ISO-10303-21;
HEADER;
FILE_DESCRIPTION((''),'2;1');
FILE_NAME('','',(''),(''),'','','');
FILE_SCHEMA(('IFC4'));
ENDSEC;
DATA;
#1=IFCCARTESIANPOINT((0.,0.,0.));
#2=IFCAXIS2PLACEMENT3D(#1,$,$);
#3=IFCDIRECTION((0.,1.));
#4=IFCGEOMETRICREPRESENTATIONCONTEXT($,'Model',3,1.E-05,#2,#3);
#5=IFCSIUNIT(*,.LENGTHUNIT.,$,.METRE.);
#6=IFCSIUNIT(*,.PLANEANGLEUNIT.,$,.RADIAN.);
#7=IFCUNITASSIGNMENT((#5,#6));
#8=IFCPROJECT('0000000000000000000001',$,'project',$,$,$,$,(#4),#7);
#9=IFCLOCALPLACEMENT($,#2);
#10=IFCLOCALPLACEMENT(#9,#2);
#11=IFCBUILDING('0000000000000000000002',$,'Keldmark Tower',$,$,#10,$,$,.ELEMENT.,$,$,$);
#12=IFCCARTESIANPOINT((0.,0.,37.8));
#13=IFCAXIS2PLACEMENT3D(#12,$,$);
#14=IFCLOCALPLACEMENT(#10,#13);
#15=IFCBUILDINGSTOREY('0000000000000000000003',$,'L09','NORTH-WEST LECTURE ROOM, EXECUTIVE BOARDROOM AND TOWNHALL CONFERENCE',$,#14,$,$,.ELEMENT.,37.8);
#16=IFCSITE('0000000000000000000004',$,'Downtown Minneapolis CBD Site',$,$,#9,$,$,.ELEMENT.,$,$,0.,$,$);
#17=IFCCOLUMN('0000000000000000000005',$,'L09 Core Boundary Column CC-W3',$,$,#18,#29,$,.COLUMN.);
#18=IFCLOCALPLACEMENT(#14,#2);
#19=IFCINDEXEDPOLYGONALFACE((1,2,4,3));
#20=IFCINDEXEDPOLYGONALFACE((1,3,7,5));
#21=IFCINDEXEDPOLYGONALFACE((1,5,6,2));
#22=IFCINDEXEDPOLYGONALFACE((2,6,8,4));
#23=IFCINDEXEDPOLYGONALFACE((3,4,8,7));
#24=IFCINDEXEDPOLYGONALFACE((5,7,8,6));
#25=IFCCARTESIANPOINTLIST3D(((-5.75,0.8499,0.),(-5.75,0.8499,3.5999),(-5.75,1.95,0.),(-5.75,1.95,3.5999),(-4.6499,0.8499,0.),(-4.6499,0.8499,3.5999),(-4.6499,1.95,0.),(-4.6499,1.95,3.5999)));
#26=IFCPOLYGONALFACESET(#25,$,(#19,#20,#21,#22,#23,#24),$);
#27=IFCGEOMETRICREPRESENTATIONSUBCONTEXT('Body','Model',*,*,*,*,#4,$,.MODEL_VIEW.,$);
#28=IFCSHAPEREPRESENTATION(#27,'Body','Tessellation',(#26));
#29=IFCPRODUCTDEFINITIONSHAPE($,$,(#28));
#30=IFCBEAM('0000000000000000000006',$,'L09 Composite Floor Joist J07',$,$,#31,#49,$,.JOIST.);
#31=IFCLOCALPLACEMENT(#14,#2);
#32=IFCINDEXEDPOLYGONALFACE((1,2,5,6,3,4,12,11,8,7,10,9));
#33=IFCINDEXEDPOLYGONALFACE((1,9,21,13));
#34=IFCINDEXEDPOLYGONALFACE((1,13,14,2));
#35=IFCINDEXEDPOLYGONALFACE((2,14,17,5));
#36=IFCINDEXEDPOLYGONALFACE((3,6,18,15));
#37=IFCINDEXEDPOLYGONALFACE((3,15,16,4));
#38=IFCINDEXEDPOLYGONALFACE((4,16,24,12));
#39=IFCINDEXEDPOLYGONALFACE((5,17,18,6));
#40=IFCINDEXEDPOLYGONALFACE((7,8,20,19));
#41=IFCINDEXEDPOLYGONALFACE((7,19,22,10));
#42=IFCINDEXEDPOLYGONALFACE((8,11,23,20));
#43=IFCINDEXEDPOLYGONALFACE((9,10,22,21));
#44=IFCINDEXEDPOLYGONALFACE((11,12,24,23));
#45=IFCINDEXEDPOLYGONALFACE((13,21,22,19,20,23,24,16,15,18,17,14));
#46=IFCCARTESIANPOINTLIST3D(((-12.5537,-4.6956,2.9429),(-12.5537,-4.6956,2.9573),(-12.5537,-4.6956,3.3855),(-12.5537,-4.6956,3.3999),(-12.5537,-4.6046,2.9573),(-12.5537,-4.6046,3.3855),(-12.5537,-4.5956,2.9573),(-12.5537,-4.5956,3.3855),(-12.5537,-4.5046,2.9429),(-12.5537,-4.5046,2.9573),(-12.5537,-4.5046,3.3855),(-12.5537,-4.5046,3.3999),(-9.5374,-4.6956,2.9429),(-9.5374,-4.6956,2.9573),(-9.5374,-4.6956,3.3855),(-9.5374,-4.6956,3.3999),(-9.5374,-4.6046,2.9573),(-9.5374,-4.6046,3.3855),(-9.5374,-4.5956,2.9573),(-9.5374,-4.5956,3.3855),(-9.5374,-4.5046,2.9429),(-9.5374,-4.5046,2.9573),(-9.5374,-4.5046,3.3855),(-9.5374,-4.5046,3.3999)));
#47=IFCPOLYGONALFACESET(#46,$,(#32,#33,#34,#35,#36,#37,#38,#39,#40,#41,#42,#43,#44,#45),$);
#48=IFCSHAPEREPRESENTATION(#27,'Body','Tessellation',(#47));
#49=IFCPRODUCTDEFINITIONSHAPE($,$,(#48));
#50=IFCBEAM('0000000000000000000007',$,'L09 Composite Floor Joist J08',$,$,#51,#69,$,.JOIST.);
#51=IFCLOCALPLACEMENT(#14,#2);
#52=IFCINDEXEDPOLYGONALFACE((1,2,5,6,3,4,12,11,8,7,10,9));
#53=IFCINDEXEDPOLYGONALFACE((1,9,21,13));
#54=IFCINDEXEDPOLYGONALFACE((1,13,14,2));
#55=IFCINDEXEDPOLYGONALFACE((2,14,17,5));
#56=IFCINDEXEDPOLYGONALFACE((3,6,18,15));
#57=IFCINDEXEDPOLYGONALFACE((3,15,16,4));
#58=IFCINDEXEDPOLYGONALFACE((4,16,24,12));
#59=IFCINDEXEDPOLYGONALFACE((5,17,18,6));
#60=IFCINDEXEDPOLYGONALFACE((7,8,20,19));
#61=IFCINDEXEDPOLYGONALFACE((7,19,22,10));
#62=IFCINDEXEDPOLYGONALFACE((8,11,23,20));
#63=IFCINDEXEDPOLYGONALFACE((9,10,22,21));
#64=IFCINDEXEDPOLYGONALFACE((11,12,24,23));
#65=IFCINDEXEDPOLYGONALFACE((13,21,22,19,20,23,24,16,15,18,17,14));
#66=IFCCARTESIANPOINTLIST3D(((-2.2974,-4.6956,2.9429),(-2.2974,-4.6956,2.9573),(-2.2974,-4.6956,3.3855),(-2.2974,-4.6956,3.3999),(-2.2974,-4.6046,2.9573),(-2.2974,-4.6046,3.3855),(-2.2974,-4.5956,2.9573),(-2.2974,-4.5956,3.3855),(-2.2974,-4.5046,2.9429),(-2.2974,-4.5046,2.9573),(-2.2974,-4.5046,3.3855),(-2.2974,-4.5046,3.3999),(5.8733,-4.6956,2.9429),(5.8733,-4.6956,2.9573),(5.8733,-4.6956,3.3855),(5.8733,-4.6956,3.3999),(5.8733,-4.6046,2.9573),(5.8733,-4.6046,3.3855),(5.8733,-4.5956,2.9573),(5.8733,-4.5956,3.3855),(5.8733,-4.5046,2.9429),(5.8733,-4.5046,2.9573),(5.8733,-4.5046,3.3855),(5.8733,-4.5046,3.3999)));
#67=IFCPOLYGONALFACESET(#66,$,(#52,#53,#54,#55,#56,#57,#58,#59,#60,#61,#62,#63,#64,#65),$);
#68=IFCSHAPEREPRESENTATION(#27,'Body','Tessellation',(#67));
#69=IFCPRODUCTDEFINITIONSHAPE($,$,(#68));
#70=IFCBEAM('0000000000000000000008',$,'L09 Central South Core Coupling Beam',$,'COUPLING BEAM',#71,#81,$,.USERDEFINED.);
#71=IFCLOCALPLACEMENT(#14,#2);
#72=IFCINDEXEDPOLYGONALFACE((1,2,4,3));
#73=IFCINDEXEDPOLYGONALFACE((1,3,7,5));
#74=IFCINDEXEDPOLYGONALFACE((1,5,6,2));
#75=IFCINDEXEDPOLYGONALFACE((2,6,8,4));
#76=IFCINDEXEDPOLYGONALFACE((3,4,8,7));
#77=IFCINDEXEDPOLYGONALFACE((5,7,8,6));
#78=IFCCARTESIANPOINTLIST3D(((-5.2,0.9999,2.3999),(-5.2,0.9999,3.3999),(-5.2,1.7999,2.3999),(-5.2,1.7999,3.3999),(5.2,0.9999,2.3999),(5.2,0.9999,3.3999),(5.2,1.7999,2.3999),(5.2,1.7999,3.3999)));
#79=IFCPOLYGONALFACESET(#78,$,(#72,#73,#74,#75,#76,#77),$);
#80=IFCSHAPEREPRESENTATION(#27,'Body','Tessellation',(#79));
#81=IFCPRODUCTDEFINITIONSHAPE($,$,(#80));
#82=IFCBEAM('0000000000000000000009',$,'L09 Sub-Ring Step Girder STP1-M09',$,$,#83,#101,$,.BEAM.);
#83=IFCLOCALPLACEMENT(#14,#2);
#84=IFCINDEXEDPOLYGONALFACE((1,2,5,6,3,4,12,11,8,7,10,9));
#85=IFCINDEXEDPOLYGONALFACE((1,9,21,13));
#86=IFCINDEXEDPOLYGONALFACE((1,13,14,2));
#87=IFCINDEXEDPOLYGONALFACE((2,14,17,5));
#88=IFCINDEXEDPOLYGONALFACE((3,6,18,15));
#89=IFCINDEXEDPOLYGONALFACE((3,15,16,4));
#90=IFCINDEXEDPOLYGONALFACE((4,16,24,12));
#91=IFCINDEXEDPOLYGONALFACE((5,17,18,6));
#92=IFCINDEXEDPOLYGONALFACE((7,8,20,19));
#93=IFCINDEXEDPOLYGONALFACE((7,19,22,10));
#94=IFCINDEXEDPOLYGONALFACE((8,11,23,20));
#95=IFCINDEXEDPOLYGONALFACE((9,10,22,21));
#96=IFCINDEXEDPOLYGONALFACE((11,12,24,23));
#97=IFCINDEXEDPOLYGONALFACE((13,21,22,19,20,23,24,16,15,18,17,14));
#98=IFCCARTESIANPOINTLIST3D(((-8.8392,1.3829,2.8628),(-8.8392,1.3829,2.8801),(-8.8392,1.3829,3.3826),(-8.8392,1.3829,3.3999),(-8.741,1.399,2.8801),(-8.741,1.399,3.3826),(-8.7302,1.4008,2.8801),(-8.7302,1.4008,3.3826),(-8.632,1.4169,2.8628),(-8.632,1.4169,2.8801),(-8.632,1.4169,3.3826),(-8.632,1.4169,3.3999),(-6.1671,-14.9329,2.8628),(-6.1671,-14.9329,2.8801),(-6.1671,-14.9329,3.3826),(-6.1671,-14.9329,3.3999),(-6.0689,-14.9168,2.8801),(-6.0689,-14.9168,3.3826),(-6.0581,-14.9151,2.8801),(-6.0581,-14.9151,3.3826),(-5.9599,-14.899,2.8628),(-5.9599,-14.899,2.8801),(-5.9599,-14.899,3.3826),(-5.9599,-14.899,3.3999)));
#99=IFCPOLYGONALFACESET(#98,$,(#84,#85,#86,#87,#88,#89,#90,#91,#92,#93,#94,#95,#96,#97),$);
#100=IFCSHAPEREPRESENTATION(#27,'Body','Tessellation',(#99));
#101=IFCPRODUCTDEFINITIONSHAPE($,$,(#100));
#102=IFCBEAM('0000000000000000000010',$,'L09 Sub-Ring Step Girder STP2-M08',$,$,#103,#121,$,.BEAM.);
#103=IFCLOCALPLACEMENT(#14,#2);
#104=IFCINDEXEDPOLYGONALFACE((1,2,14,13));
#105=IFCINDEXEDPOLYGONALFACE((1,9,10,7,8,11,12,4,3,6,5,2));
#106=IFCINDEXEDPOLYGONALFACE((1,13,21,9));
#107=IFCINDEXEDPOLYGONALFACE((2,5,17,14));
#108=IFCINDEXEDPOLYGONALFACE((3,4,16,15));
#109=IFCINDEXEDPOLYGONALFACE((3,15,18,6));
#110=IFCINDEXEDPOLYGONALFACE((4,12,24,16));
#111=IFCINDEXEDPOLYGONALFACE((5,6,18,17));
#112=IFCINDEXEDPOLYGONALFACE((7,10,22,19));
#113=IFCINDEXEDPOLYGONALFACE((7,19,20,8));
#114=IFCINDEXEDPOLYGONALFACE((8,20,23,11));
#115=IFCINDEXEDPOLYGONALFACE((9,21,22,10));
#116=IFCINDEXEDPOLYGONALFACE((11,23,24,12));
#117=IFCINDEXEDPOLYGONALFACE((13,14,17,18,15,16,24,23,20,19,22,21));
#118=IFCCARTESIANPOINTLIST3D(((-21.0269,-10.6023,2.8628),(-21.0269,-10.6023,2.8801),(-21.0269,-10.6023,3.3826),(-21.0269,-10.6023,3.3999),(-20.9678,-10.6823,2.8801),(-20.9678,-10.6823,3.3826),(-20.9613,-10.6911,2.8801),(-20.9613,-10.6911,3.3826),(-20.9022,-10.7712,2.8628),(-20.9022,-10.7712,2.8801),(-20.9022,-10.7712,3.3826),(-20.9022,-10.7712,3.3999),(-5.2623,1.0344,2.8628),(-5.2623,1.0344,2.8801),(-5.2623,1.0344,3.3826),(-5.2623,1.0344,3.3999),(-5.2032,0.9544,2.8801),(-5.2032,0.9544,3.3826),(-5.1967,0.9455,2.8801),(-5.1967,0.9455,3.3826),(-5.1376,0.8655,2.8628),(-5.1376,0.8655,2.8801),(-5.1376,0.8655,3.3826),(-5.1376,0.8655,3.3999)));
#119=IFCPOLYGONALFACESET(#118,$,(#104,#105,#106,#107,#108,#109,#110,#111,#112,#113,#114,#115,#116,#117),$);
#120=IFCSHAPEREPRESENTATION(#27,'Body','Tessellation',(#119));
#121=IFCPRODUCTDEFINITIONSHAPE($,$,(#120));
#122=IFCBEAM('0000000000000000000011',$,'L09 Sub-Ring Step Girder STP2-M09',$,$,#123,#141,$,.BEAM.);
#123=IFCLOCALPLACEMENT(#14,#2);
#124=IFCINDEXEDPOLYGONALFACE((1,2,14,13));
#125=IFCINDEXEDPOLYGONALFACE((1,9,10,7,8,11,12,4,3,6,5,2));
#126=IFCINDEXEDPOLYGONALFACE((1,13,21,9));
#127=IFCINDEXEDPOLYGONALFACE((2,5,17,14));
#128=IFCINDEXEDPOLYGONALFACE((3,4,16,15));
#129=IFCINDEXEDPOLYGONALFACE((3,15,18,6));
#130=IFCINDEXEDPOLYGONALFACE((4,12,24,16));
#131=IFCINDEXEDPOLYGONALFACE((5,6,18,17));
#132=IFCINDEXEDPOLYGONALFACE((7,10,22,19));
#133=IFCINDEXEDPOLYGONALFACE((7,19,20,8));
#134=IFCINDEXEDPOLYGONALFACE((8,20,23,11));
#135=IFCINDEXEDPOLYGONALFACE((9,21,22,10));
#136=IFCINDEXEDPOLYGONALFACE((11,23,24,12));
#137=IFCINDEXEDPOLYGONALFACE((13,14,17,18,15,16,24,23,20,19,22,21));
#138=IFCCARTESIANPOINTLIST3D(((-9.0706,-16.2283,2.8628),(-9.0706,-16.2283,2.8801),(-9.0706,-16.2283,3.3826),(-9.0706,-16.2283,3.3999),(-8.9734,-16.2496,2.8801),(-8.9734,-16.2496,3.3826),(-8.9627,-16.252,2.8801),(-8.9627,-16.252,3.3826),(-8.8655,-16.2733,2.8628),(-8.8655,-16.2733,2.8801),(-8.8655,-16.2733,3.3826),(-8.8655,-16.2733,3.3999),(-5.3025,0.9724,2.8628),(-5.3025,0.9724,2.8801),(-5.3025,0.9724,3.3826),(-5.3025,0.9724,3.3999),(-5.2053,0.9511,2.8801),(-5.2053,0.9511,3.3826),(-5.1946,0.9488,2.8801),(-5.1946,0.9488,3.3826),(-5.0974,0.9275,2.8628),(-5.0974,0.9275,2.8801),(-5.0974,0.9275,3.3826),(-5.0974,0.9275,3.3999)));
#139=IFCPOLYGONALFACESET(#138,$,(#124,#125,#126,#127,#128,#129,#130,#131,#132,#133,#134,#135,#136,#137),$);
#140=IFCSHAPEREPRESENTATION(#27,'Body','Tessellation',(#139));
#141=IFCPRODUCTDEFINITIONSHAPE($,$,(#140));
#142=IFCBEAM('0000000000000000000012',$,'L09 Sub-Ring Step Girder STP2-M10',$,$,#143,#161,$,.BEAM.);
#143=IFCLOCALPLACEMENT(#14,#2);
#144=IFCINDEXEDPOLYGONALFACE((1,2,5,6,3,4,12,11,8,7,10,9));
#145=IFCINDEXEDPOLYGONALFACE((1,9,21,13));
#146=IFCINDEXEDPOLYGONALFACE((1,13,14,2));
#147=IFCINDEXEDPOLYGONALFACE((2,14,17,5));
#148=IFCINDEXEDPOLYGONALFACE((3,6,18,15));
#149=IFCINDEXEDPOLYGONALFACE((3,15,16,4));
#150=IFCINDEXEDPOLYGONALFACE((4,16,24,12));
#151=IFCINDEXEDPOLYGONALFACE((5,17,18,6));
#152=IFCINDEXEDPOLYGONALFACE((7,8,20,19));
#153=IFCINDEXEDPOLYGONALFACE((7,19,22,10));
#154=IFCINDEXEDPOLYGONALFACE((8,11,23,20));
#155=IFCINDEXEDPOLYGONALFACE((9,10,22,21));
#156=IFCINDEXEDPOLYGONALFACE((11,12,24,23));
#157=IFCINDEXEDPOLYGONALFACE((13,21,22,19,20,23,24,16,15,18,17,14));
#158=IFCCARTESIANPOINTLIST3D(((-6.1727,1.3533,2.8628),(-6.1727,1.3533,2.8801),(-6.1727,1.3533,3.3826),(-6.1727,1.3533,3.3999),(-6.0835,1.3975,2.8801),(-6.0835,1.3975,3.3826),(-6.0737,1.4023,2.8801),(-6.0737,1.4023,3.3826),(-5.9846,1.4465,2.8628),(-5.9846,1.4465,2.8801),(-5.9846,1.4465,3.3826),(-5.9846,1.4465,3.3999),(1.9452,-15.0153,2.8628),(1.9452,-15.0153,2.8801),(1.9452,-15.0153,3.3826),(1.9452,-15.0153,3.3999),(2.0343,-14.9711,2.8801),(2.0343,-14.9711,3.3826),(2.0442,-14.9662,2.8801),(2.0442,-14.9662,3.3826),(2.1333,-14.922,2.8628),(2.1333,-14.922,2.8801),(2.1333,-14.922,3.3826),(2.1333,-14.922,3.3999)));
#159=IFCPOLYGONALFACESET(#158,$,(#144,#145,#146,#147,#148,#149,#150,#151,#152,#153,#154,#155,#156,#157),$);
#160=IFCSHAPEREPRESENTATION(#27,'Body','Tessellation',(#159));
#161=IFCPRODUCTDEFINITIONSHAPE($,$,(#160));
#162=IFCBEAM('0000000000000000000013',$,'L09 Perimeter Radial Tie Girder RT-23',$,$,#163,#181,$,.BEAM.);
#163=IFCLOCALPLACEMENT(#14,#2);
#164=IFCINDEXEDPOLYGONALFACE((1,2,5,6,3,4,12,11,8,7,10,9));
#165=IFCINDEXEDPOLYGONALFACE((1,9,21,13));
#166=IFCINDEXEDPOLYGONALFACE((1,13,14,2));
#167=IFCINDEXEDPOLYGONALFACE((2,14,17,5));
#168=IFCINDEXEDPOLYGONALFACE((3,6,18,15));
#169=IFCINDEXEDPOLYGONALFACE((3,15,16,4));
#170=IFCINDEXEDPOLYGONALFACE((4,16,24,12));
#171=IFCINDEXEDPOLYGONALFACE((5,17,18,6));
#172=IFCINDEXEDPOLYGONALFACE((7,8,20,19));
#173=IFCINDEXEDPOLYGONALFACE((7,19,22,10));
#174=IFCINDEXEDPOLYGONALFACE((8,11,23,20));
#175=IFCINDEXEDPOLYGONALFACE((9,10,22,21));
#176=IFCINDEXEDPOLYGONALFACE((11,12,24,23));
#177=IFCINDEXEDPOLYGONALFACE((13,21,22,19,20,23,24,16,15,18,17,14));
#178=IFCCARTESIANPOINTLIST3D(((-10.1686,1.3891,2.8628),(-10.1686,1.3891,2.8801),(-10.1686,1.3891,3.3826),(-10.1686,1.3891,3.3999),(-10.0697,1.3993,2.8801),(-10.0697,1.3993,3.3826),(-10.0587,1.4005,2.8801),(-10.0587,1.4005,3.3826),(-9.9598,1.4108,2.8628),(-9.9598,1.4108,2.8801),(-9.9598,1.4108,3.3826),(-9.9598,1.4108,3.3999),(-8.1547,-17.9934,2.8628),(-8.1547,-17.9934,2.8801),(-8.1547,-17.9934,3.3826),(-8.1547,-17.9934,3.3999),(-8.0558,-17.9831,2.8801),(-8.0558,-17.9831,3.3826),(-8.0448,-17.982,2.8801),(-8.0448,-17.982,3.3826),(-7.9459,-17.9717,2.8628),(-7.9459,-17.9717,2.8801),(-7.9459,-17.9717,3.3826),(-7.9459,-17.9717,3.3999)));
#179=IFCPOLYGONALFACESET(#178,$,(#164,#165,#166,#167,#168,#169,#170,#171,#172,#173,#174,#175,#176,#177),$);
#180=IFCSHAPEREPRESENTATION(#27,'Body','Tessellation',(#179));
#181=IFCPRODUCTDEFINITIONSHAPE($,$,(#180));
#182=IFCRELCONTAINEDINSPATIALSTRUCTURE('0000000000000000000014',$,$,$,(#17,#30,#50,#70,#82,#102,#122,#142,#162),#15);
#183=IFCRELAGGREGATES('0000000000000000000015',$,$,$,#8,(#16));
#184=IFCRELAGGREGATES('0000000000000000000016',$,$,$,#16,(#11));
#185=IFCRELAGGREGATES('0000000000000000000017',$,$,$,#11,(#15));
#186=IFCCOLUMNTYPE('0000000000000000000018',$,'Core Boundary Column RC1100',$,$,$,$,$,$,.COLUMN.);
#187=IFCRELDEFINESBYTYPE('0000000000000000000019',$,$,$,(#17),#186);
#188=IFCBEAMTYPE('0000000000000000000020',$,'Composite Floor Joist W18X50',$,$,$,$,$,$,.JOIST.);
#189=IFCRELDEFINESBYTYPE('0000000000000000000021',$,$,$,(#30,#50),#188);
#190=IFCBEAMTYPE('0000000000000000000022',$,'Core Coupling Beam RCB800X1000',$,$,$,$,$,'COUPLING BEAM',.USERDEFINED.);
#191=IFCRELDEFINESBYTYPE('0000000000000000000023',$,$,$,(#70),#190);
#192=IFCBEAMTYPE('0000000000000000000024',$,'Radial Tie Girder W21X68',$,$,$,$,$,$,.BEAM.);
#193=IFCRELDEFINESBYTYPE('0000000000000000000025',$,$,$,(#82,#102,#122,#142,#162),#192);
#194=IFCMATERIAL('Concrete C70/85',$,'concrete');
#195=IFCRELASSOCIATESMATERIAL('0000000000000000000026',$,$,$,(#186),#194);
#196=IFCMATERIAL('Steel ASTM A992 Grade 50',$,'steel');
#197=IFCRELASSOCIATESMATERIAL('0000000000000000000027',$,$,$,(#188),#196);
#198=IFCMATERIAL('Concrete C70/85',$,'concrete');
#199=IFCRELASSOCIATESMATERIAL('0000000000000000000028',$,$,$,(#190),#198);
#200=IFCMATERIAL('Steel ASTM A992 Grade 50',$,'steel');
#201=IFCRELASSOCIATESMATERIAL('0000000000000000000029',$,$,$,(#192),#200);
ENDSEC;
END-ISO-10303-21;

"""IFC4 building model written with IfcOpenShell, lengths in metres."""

from ifc_helpers import new_model, si_unit, direction, frame, origin, origin_2d, place, context, subcontext, project, spatial, rectangle, i_section, extrude, material, material_profile, profile_set, type_object, element, save


model = new_model("IFC4")

# Units and contexts
model_context = context("Model", 3, precision=1e-05, world=origin(), true_north=direction((0.0, 1.0)))
body_context = subcontext(model_context, "Body", "Model", "MODEL_VIEW")
ifc_project = project(units=[si_unit("LENGTHUNIT", "METRE"), si_unit("PLANEANGLEUNIT", "RADIAN")], contexts=[model_context])

# Site, building, storey
site_placement = place(None, origin())
site = spatial("IfcSite", under=ifc_project, at=site_placement, Name="Downtown Minneapolis CBD Site", CompositionType="ELEMENT", RefElevation=0.0)
building_placement = place(site_placement, origin())
building = spatial("IfcBuilding", under=site, at=building_placement, Name="Keldmark Tower", CompositionType="ELEMENT")
storey_placement = place(building_placement, frame((0.0, 0.0, 37.8)))
storey = spatial("IfcBuildingStorey", under=building, at=storey_placement, Name="L09", Description="NORTH-WEST LECTURE ROOM, EXECUTIVE BOARDROOM AND TOWNHALL CONFERENCE", CompositionType="ELEMENT", Elevation=37.8)

# Column
ifc_material_1 = material(Name="Concrete C70/85", Category="concrete")
ifc_material_profile_1 = material_profile(ifc_material_1, rectangle(XDim=1.1001, YDim=1.1001, at=origin_2d()), Name="RC1100X1100")
ifc_profile_set_1 = profile_set([ifc_material_profile_1], Name="Concrete C70/85")
column_type = type_object("IfcColumnType", Name="Core Boundary Column RC1100", PredefinedType="COLUMN", material=ifc_profile_set_1)
column_placement = place(storey_placement, frame((-5.2, 1.3999, 0.0), z_axis=(0.0, 0.0, 1.0), x_axis=(1.0, 0.0, 0.0)))
element("IfcColumn", 1, at=column_placement, inside=storey, type_object=column_type, Name="L09 Core Boundary Column CC-W3", PredefinedType="COLUMN", context=body_context, shape_type="SweptSolid", body=[
    extrude(rectangle(XDim=1.1001, YDim=1.1001, at=origin_2d()), origin(), (0.0, 0.0, 1.0), 3.5999),
])

# Beams
ifc_material_2 = material(Name="Steel ASTM A992 Grade 50", Category="steel")
ifc_material_profile_2 = material_profile(ifc_material_2, i_section(OverallWidth=0.1909, OverallDepth=0.457, WebThickness=0.009, FlangeThickness=0.0144, at=origin_2d()), Name="W18X50")
ifc_profile_set_2 = profile_set([ifc_material_profile_2], Name="Steel ASTM A992 Grade 50")
beam_type_1 = type_object("IfcBeamType", Name="Composite Floor Joist W18X50", PredefinedType="JOIST", material=ifc_profile_set_2)
beam_1_placement = place(storey_placement, frame((-12.5537, -4.6001, 3.1714), z_axis=(1.0, 0.0, 0.0), x_axis=(0.0, 1.0, 0.0)))
element("IfcBeam", 2, at=beam_1_placement, inside=storey, type_object=beam_type_1, Name="L09 Composite Floor Joist J07", PredefinedType="JOIST", context=body_context, shape_type="SweptSolid", body=[
    extrude(i_section(OverallWidth=0.1909, OverallDepth=0.457, WebThickness=0.009, FlangeThickness=0.0144, at=origin_2d()), origin(), (0.0, 0.0, 1.0), 3.0164),
])
beam_2_placement = place(storey_placement, frame((-2.2974, -4.6001, 3.1714), z_axis=(1.0, 0.0, 0.0), x_axis=(0.0, 1.0, 0.0)))
element("IfcBeam", 3, at=beam_2_placement, inside=storey, type_object=beam_type_1, Name="L09 Composite Floor Joist J08", PredefinedType="JOIST", context=body_context, shape_type="SweptSolid", body=[
    extrude(i_section(OverallWidth=0.1909, OverallDepth=0.457, WebThickness=0.009, FlangeThickness=0.0144, at=origin_2d()), origin(), (0.0, 0.0, 1.0), 8.1707),
])
ifc_material_3 = material(Name="Concrete C70/85", Category="concrete")
ifc_material_profile_3 = material_profile(ifc_material_3, rectangle(XDim=0.8, YDim=1.0, at=origin_2d()), Name="RCB800X1000")
ifc_profile_set_3 = profile_set([ifc_material_profile_3], Name="Concrete C70/85")
beam_type_2 = type_object("IfcBeamType", Name="Core Coupling Beam RCB800X1000", ElementType="COUPLING BEAM", PredefinedType="USERDEFINED", material=ifc_profile_set_3)
beam_3_placement = place(storey_placement, frame((-5.2, 1.3999, 2.8999), z_axis=(1.0, 0.0, 0.0), x_axis=(0.0, 1.0, 0.0)))
element("IfcBeam", 4, at=beam_3_placement, inside=storey, type_object=beam_type_2, Name="L09 Central South Core Coupling Beam", ObjectType="COUPLING BEAM", PredefinedType="USERDEFINED", context=body_context, shape_type="SweptSolid", body=[
    extrude(rectangle(XDim=0.8, YDim=1.0, at=origin_2d()), origin(), (0.0, 0.0, 1.0), 10.3999),
])
ifc_material_4 = material(Name="Steel ASTM A992 Grade 50", Category="steel")
ifc_material_profile_4 = material_profile(ifc_material_4, i_section(OverallWidth=0.21, OverallDepth=0.5371, WebThickness=0.011, FlangeThickness=0.0173, at=origin_2d()), Name="W21X68")
ifc_profile_set_4 = profile_set([ifc_material_profile_4], Name="Steel ASTM A992 Grade 50")
beam_type_3 = type_object("IfcBeamType", Name="Radial Tie Girder W21X68", PredefinedType="BEAM", material=ifc_profile_set_4)
beam_4_placement = place(storey_placement, frame((-8.7356, 1.3999, 3.1313), z_axis=(0.161621, -0.986853, 0.0), x_axis=(0.986853, 0.161621, 0.0)))
element("IfcBeam", 5, at=beam_4_placement, inside=storey, type_object=beam_type_3, Name="L09 Sub-Ring Step Girder STP1-M09", PredefinedType="BEAM", context=body_context, shape_type="SweptSolid", body=[
    extrude(i_section(OverallWidth=0.21, OverallDepth=0.5371, WebThickness=0.011, FlangeThickness=0.0173, at=origin_2d()), origin(), (0.0, 0.0, 1.0), 16.5332),
])
beam_5_placement = place(storey_placement, frame((-5.2, 0.95, 3.1313), z_axis=(-0.804552, -0.593882, 0.0), x_axis=(0.593882, -0.804552, 0.0)))
element("IfcBeam", 6, at=beam_5_placement, inside=storey, type_object=beam_type_3, Name="L09 Sub-Ring Step Girder STP2-M08", PredefinedType="BEAM", context=body_context, shape_type="SweptSolid", body=[
    extrude(i_section(OverallWidth=0.21, OverallDepth=0.5371, WebThickness=0.011, FlangeThickness=0.0173, at=origin_2d()), origin(), (0.0, 0.0, 1.0), 19.5942),
])
beam_6_placement = place(storey_placement, frame((-5.2, 0.95, 3.1313), z_axis=(-0.21399, -0.976836, 0.0), x_axis=(0.976836, -0.21399, 0.0)))
element("IfcBeam", 7, at=beam_6_placement, inside=storey, type_object=beam_type_3, Name="L09 Sub-Ring Step Girder STP2-M09", PredefinedType="BEAM", context=body_context, shape_type="SweptSolid", body=[
    extrude(i_section(OverallWidth=0.21, OverallDepth=0.5371, WebThickness=0.011, FlangeThickness=0.0173, at=origin_2d()), origin(), (0.0, 0.0, 1.0), 17.6086),
])
beam_7_placement = place(storey_placement, frame((-6.0786, 1.3999, 3.1313), z_axis=(0.444304, -0.895876, 0.0), x_axis=(0.895876, 0.444304, 0.0)))
element("IfcBeam", 8, at=beam_7_placement, inside=storey, type_object=beam_type_3, Name="L09 Sub-Ring Step Girder STP2-M10", PredefinedType="BEAM", context=body_context, shape_type="SweptSolid", body=[
    extrude(i_section(OverallWidth=0.21, OverallDepth=0.5371, WebThickness=0.011, FlangeThickness=0.0173, at=origin_2d()), origin(), (0.0, 0.0, 1.0), 18.271),
])
beam_8_placement = place(storey_placement, frame((-10.0642, 1.3999, 3.1313), z_axis=(0.103347, -0.994645, 0.0), x_axis=(0.994645, 0.103347, 0.0)))
element("IfcBeam", 9, at=beam_8_placement, inside=storey, type_object=beam_type_3, Name="L09 Perimeter Radial Tie Girder RT-23", PredefinedType="BEAM", context=body_context, shape_type="SweptSolid", body=[
    extrude(i_section(OverallWidth=0.21, OverallDepth=0.5371, WebThickness=0.011, FlangeThickness=0.0173, at=origin_2d()), origin(), (0.0, 0.0, 1.0), 19.4868),
])

save(model, "model.ifc")
